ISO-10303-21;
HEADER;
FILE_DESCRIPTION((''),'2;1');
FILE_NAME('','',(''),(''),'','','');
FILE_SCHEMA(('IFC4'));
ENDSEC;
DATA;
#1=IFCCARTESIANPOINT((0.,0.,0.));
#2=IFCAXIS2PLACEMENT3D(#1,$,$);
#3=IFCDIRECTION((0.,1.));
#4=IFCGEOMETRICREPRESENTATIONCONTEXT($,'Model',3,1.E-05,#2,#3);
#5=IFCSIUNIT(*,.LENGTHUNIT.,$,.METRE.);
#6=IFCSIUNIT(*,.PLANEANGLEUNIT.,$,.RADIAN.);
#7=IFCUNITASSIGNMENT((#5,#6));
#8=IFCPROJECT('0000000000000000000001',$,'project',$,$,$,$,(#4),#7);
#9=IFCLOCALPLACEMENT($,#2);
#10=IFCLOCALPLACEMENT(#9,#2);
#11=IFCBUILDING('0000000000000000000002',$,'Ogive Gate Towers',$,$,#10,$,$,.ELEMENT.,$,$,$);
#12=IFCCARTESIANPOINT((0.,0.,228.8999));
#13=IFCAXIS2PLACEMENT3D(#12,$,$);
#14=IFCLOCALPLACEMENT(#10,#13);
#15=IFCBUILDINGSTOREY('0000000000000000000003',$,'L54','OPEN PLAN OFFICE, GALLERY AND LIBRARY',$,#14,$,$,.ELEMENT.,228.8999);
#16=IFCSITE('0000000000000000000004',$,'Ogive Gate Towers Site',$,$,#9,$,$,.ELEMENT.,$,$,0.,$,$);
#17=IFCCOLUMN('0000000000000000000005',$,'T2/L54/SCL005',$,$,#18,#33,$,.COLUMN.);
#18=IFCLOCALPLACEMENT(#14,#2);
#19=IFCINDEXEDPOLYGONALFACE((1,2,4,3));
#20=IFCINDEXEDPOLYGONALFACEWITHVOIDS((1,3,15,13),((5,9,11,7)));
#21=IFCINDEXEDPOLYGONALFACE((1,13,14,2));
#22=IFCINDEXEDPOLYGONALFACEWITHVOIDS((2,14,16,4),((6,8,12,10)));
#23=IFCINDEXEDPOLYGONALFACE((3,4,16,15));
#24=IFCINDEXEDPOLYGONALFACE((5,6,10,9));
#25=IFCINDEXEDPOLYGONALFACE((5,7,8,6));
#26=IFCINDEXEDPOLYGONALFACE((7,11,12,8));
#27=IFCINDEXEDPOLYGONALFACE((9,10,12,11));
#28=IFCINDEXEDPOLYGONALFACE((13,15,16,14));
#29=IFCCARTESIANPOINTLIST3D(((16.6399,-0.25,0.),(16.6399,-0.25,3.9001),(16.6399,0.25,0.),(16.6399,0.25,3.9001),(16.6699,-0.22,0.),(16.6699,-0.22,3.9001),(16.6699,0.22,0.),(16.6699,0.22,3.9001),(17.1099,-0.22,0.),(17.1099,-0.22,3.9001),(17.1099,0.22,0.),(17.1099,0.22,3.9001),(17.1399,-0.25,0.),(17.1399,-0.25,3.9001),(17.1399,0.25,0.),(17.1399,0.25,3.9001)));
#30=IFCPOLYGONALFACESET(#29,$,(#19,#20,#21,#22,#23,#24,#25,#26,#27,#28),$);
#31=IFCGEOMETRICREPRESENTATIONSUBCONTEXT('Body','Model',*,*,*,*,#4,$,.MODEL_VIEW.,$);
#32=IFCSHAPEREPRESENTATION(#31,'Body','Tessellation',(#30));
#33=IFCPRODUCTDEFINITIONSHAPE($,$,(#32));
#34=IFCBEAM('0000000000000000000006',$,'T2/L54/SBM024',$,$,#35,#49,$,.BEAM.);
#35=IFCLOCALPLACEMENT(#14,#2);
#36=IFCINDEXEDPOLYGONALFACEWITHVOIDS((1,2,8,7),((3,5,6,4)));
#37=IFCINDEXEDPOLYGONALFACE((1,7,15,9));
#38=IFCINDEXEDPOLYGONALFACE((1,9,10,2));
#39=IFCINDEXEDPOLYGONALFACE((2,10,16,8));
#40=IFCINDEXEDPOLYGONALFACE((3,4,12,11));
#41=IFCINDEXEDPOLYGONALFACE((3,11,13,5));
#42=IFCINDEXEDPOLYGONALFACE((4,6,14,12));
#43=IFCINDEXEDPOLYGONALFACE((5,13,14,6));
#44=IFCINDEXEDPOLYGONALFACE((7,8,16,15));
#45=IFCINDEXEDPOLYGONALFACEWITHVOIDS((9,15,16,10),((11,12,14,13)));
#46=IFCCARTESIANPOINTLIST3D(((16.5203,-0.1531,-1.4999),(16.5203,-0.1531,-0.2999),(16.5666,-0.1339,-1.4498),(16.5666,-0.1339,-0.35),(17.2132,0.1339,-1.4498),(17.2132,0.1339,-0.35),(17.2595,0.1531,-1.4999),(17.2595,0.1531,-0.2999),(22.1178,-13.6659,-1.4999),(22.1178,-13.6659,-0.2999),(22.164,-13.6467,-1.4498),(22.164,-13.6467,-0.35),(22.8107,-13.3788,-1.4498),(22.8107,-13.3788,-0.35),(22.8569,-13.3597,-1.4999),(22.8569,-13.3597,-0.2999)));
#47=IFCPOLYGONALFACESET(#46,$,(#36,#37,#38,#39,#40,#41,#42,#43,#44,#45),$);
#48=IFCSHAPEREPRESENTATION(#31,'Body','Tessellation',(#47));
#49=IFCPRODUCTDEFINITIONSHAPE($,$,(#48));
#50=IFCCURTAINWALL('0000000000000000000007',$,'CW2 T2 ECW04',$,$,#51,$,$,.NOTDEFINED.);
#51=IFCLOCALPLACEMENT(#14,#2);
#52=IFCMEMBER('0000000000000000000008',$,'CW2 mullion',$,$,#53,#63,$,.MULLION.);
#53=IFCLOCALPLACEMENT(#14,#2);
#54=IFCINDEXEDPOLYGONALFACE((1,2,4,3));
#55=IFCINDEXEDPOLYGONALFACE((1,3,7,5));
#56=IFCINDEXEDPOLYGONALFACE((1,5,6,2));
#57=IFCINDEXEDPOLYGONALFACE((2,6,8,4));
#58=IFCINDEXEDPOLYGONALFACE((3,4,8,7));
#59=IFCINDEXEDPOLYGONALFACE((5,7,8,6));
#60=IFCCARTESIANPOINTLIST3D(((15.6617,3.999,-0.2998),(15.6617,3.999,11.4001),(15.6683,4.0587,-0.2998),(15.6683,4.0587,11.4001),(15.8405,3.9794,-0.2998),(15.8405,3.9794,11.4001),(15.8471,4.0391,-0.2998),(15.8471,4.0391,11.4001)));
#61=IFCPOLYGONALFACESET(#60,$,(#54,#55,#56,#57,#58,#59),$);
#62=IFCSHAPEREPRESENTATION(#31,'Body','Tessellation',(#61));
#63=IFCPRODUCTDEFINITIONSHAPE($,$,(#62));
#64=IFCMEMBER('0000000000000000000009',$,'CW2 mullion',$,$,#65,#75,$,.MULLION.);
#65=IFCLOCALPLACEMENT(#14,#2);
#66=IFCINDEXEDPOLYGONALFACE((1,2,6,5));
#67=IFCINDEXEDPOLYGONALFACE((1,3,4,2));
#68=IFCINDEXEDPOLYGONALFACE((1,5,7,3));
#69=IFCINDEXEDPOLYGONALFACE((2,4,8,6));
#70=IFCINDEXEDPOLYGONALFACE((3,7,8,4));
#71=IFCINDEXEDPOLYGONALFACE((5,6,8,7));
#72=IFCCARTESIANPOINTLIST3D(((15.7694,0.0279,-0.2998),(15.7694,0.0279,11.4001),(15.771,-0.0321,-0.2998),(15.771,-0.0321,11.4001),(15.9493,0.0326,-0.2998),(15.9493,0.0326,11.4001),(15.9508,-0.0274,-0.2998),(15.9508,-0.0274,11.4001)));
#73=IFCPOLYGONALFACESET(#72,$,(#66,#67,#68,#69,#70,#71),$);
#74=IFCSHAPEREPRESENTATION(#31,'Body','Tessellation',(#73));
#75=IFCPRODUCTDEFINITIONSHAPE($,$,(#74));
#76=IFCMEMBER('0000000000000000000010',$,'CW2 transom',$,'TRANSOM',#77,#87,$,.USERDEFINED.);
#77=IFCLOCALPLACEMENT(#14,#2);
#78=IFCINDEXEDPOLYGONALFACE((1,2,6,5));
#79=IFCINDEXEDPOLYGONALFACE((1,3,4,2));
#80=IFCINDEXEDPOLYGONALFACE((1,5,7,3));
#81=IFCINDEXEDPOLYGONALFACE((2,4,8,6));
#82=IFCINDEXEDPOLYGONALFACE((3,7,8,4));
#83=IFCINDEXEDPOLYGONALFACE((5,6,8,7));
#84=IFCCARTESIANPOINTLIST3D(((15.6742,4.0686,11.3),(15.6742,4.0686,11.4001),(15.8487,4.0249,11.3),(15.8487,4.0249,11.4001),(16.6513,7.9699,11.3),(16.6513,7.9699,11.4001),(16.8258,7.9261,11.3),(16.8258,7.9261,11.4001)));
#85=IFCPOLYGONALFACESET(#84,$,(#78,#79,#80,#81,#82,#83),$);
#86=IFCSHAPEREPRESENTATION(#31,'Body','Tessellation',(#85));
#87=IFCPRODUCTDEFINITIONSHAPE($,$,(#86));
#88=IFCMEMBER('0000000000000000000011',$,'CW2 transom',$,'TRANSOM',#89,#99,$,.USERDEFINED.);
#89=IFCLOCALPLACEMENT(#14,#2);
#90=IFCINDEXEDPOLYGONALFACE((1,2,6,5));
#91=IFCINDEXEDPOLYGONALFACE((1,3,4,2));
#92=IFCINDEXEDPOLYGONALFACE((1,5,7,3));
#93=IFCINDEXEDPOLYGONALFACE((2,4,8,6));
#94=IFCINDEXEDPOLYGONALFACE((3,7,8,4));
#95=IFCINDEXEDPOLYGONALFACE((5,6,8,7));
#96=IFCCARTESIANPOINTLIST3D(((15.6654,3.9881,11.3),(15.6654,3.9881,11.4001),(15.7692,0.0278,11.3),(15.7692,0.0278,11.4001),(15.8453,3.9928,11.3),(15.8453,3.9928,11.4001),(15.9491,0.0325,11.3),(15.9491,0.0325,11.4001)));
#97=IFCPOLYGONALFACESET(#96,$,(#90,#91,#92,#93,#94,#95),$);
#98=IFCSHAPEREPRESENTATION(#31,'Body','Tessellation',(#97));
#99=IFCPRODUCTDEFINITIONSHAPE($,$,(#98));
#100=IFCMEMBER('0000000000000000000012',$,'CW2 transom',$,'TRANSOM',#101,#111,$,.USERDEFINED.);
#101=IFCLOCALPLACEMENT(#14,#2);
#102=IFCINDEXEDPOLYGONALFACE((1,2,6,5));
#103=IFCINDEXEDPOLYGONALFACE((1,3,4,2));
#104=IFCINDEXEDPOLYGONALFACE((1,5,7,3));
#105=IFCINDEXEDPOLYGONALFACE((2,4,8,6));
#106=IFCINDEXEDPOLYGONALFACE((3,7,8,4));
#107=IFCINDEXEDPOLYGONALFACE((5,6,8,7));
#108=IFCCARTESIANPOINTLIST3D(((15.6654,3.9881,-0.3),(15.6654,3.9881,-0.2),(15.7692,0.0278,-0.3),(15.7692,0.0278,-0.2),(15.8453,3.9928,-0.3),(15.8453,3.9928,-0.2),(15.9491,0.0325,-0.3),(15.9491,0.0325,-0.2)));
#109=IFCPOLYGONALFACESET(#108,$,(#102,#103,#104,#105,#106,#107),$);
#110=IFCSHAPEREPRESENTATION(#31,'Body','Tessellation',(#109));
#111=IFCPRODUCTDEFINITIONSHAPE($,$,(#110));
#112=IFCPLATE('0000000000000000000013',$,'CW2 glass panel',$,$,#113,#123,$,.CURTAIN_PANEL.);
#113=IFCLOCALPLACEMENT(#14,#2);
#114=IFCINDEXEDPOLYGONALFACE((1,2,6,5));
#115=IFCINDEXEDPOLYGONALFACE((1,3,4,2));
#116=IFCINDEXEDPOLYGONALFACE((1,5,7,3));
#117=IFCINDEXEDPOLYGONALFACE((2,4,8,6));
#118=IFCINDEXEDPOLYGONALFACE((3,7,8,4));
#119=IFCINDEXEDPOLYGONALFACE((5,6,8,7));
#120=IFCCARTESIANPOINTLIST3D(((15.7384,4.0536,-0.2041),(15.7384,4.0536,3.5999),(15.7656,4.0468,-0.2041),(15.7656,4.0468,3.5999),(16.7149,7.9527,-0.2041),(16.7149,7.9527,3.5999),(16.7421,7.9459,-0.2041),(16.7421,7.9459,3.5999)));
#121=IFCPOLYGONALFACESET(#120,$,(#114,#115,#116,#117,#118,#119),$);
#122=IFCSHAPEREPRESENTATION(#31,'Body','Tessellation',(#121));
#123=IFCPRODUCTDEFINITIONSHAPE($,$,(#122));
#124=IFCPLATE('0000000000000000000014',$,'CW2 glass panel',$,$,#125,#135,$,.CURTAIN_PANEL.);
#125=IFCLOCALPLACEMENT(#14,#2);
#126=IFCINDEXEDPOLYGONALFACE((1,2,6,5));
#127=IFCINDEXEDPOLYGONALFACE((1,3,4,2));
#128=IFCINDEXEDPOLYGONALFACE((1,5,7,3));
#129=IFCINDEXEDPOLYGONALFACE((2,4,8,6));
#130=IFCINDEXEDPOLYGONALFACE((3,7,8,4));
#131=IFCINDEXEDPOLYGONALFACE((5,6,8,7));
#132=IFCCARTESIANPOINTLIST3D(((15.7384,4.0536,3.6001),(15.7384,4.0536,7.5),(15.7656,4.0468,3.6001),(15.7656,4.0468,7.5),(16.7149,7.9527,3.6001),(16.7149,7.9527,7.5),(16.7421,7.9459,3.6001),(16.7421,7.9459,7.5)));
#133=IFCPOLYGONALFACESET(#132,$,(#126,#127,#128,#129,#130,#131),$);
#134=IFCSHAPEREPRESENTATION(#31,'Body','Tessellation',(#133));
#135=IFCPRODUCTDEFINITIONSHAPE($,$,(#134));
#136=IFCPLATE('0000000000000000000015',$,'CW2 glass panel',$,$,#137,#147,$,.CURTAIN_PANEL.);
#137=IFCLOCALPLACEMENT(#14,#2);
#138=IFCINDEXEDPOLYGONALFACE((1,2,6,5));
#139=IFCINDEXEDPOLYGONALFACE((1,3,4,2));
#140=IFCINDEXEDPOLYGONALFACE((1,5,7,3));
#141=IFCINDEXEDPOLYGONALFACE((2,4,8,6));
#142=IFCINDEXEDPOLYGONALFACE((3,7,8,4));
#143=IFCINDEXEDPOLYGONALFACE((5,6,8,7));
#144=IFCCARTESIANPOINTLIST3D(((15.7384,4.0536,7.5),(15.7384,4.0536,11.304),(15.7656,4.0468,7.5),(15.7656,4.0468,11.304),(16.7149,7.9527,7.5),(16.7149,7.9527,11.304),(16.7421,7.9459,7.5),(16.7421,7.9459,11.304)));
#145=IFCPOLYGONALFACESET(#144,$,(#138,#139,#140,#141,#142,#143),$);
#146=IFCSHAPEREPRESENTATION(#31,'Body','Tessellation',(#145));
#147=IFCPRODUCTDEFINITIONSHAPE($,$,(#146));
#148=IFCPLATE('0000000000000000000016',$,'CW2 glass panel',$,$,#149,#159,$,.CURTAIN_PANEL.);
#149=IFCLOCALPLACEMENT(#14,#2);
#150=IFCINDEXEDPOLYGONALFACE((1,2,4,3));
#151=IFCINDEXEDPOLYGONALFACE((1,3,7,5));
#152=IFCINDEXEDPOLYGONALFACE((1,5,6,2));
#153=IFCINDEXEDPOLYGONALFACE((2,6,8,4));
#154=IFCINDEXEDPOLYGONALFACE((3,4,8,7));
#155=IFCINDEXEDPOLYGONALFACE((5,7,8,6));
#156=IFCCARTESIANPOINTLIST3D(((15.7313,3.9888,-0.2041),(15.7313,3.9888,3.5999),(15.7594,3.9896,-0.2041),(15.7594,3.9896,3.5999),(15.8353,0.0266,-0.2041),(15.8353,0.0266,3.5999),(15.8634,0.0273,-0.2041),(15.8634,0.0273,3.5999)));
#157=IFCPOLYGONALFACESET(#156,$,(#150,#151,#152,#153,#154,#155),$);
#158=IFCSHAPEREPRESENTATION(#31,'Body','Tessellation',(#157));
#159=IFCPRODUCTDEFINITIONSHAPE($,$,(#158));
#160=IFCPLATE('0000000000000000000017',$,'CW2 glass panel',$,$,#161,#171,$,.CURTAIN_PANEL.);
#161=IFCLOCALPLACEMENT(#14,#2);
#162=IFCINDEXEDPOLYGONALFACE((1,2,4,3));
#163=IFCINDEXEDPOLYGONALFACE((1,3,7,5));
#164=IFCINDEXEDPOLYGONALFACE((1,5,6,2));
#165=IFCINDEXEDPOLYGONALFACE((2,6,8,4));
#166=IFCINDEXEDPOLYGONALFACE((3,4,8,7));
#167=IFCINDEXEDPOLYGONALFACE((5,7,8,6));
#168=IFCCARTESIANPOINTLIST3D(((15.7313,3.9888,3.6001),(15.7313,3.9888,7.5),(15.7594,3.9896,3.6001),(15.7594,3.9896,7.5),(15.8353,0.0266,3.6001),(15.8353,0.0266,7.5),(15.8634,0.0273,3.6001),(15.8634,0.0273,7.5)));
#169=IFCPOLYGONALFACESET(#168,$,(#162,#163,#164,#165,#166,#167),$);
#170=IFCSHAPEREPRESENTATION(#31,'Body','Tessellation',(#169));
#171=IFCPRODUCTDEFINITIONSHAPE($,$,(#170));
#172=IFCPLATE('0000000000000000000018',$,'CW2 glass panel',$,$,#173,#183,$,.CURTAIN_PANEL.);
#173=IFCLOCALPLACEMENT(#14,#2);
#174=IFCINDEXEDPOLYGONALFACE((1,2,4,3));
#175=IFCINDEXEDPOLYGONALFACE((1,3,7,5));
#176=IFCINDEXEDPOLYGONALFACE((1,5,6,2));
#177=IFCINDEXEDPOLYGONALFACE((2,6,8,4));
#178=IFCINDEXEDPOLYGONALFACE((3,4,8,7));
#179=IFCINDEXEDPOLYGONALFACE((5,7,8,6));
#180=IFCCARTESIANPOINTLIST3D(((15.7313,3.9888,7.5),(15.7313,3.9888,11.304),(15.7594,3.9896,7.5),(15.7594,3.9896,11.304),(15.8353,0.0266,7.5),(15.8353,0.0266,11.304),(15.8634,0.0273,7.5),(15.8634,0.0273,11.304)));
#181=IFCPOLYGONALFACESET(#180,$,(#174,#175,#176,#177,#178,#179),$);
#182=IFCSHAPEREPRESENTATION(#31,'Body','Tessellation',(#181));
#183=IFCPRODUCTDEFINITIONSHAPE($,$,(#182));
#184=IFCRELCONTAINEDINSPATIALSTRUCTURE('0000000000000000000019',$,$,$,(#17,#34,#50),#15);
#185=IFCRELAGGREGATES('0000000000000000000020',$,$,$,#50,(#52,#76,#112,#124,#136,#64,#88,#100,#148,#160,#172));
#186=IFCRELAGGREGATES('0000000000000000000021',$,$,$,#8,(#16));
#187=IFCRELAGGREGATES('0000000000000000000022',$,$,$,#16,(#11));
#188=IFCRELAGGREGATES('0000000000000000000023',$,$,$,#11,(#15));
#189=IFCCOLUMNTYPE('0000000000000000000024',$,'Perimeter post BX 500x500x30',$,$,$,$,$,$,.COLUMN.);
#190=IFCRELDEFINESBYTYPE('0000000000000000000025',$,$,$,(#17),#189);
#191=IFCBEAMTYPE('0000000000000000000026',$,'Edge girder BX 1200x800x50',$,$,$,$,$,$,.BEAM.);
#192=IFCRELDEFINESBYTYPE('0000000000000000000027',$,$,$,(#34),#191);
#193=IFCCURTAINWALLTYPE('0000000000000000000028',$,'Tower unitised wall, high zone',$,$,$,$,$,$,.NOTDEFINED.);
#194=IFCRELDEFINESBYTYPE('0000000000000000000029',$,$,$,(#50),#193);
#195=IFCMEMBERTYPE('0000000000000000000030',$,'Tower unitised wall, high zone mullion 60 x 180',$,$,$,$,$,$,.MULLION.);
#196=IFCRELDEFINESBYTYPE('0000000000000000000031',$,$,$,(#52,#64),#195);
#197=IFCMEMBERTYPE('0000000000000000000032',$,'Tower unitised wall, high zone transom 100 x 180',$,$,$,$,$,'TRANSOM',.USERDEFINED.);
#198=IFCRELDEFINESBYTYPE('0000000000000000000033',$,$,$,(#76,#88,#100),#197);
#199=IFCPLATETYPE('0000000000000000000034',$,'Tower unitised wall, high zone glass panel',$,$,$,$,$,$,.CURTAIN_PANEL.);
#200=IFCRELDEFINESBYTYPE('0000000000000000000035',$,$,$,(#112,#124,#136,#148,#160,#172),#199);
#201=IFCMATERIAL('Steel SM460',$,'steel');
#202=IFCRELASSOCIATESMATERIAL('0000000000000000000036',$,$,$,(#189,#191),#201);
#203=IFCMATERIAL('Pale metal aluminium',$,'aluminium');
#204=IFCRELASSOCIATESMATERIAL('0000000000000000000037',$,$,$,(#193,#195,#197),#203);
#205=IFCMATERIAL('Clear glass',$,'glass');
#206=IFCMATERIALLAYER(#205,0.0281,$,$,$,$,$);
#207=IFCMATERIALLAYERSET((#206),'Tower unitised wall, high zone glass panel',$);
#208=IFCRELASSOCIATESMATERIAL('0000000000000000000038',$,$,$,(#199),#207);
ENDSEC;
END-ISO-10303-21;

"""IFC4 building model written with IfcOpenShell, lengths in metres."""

from ifc_helpers import new_model, si_unit, direction, frame, origin, origin_2d, place, context, subcontext, project, spatial, rectangle, hollow_rectangle, extrude, material, layer, layer_set, material_profile, profile_set, type_object, element, aggregate, save


model = new_model("IFC4")

# Units and contexts
model_context = context("Model", 3, precision=1e-05, world=origin(), true_north=direction((0.0, 1.0)))
body_context = subcontext(model_context, "Body", "Model", "MODEL_VIEW")
ifc_project = project(units=[si_unit("LENGTHUNIT", "METRE"), si_unit("PLANEANGLEUNIT", "RADIAN")], contexts=[model_context])

# Site, building, storey
site_placement = place(None, origin())
site = spatial("IfcSite", under=ifc_project, at=site_placement, Name="Ogive Gate Towers Site", CompositionType="ELEMENT", RefElevation=0.0)
building_placement = place(site_placement, origin())
building = spatial("IfcBuilding", under=site, at=building_placement, Name="Ogive Gate Towers", CompositionType="ELEMENT")
storey_placement = place(building_placement, frame((0.0, 0.0, 228.8999)))
storey = spatial("IfcBuildingStorey", under=building, at=storey_placement, Name="L54", Description="OPEN PLAN OFFICE, GALLERY AND LIBRARY", CompositionType="ELEMENT", Elevation=228.8999)

# Column
ifc_material_1 = material(Name="Steel SM460", Category="steel")
ifc_material_profile_1 = material_profile(ifc_material_1, hollow_rectangle(XDim=0.5, YDim=0.5, WallThickness=0.03, at=origin_2d()), Name="BX 500x500x30")
ifc_profile_set_1 = profile_set([ifc_material_profile_1], Name="Steel SM460")
column_type = type_object("IfcColumnType", Name="Perimeter post BX 500x500x30", PredefinedType="COLUMN", material=ifc_profile_set_1)
column_placement = place(storey_placement, frame((16.8899, 0.0, 0.0), z_axis=(0.0, 0.0, 1.0), x_axis=(1.0, 0.0, 0.0)))
element("IfcColumn", 1, at=column_placement, inside=storey, type_object=column_type, Name="T2/L54/SCL005", PredefinedType="COLUMN", context=body_context, shape_type="SweptSolid", body=[
    extrude(hollow_rectangle(XDim=0.5, YDim=0.5, WallThickness=0.03, at=origin_2d()), origin(), (0.0, 0.0, 1.0), 3.9001),
])

# Beam
ifc_material_profile_2 = material_profile(ifc_material_1, hollow_rectangle(XDim=0.8, YDim=1.2, WallThickness=0.05, at=origin_2d()), Name="BX 1200x800x50")
ifc_profile_set_2 = profile_set([ifc_material_profile_2], Name="Steel SM460")
beam_type = type_object("IfcBeamType", Name="Edge girder BX 1200x800x50", PredefinedType="BEAM", material=ifc_profile_set_2)
beam_placement = place(storey_placement, frame((16.8899, 0.0, -0.8999), z_axis=(0.382699, -0.923873, 0.0), x_axis=(0.923873, 0.382699, 0.0)))
element("IfcBeam", 2, at=beam_placement, inside=storey, type_object=beam_type, Name="T2/L54/SBM024", PredefinedType="BEAM", context=body_context, shape_type="SweptSolid", body=[
    extrude(hollow_rectangle(XDim=0.8, YDim=1.2, WallThickness=0.05, at=origin_2d()), origin(), (0.0, 0.0, 1.0), 14.6262),
])

# Curtain wall, members, plates
ifc_material_2 = material(Name="Pale metal aluminium", Category="aluminium")
curtain_wall_type = type_object("IfcCurtainWallType", Name="Tower unitised wall, high zone", PredefinedType="NOTDEFINED", material=ifc_material_2)
curtain_wall_placement = place(storey_placement, origin())
curtain_wall = element("IfcCurtainWall", 3, at=curtain_wall_placement, inside=storey, type_object=curtain_wall_type, Name="CW2 T2 ECW04", PredefinedType="NOTDEFINED")
ifc_material_profile_3 = material_profile(ifc_material_2, rectangle(XDim=0.1799, YDim=0.0601, at=origin_2d()), Name="60 x 180 aluminium box")
ifc_profile_set_3 = profile_set([ifc_material_profile_3], Name="Pale metal aluminium")
member_type_1 = type_object("IfcMemberType", Name="Tower unitised wall, high zone mullion 60 x 180", PredefinedType="MULLION", material=ifc_profile_set_3)
member_1_placement = place(storey_placement, frame((15.7544, 4.019, -0.2998), z_axis=(0.0, 0.0, 1.0), x_axis=(-0.994001, 0.10937, 0.0)))
member_1 = element("IfcMember", 4, at=member_1_placement, type_object=member_type_1, Name="CW2 mullion", PredefinedType="MULLION", context=body_context, shape_type="SweptSolid", body=[
    extrude(rectangle(XDim=0.1799, YDim=0.0601, at=origin_2d()), origin(), (0.0, 0.0, 1.0), 11.7),
])
member_2_placement = place(storey_placement, frame((15.8601, 0.0002, -0.2998), z_axis=(0.0, 0.0, 1.0), x_axis=(-0.999656, -0.026229, 0.0)))
member_2 = element("IfcMember", 5, at=member_2_placement, type_object=member_type_1, Name="CW2 mullion", PredefinedType="MULLION", context=body_context, shape_type="SweptSolid", body=[
    extrude(rectangle(XDim=0.1799, YDim=0.0601, at=origin_2d()), origin(), (0.0, 0.0, 1.0), 11.7),
])
ifc_material_profile_4 = material_profile(ifc_material_2, rectangle(XDim=0.1799, YDim=0.1001, at=origin_2d()), Name="100 x 180 aluminium box")
ifc_profile_set_4 = profile_set([ifc_material_profile_4], Name="Pale metal aluminium")
member_type_2 = type_object("IfcMemberType", Name="Tower unitised wall, high zone transom 100 x 180", ElementType="TRANSOM", PredefinedType="USERDEFINED", material=ifc_profile_set_4)
member_3_placement = place(storey_placement, frame((16.7385, 7.948, 11.3501), z_axis=(-0.24295, -0.970039, 0.0), x_axis=(0.970039, -0.24295, 0.0)))
member_3 = element("IfcMember", 6, at=member_3_placement, type_object=member_type_2, Name="CW2 transom", ObjectType="TRANSOM", PredefinedType="USERDEFINED", context=body_context, shape_type="SweptSolid", body=[
    extrude(rectangle(XDim=0.1799, YDim=0.1001, at=origin_2d()), origin(), (0.0, 0.0, 1.0), 4.0217),
])
member_4_placement = place(storey_placement, frame((15.7554, 3.9905, 11.3501), z_axis=(0.026192, -0.999657, 0.0), x_axis=(0.999657, 0.026192, 0.0)))
member_4 = element("IfcMember", 7, at=member_4_placement, type_object=member_type_2, Name="CW2 transom", ObjectType="TRANSOM", PredefinedType="USERDEFINED", context=body_context, shape_type="SweptSolid", body=[
    extrude(rectangle(XDim=0.1799, YDim=0.1001, at=origin_2d()), origin(), (0.0, 0.0, 1.0), 3.9617),
])
member_5_placement = place(storey_placement, frame((15.7554, 3.9905, -0.25), z_axis=(0.026192, -0.999657, 0.0), x_axis=(0.999657, 0.026192, 0.0)))
member_5 = element("IfcMember", 8, at=member_5_placement, type_object=member_type_2, Name="CW2 transom", ObjectType="TRANSOM", PredefinedType="USERDEFINED", context=body_context, shape_type="SweptSolid", body=[
    extrude(rectangle(XDim=0.1799, YDim=0.1001, at=origin_2d()), origin(), (0.0, 0.0, 1.0), 3.9617),
])
ifc_material_3 = material(Name="Clear glass", Category="glass")
ifc_layer_1 = layer(ifc_material_3, 0.0281)
ifc_layer_set_1 = layer_set([ifc_layer_1], Name="Tower unitised wall, high zone glass panel")
plate_type = type_object("IfcPlateType", Name="Tower unitised wall, high zone glass panel", PredefinedType="CURTAIN_PANEL", material=ifc_layer_set_1)
plate_1_placement = place(storey_placement, frame((16.2402, 5.9998, -0.2041), z_axis=(0.0, 0.0, 1.0), x_axis=(-0.242938, -0.970042, 0.0)))
plate_1 = element("IfcPlate", 9, at=plate_1_placement, type_object=plate_type, Name="CW2 glass panel", PredefinedType="CURTAIN_PANEL", context=body_context, shape_type="SweptSolid", body=[
    extrude(rectangle(XDim=4.0195, YDim=0.0281, at=origin_2d()), origin(), (0.0, 0.0, 1.0), 3.804),
])
plate_2_placement = place(storey_placement, frame((16.2402, 5.9998, 3.6001), z_axis=(0.0, 0.0, 1.0), x_axis=(-0.242938, -0.970042, 0.0)))
plate_2 = element("IfcPlate", 10, at=plate_2_placement, type_object=plate_type, Name="CW2 glass panel", PredefinedType="CURTAIN_PANEL", context=body_context, shape_type="SweptSolid", body=[
    extrude(rectangle(XDim=4.0195, YDim=0.0281, at=origin_2d()), origin(), (0.0, 0.0, 1.0), 3.8999),
])
plate_3_placement = place(storey_placement, frame((16.2402, 5.9998, 7.5), z_axis=(0.0, 0.0, 1.0), x_axis=(-0.242938, -0.970042, 0.0)))
plate_3 = element("IfcPlate", 11, at=plate_3_placement, type_object=plate_type, Name="CW2 glass panel", PredefinedType="CURTAIN_PANEL", context=body_context, shape_type="SweptSolid", body=[
    extrude(rectangle(XDim=4.0195, YDim=0.0281, at=origin_2d()), origin(), (0.0, 0.0, 1.0), 3.804),
])
plate_4_placement = place(storey_placement, frame((15.7974, 2.0081, -0.2041), z_axis=(0.0, 0.0, 1.0), x_axis=(0.026229, -0.999656, 0.0)))
plate_4 = element("IfcPlate", 12, at=plate_4_placement, type_object=plate_type, Name="CW2 glass panel", PredefinedType="CURTAIN_PANEL", context=body_context, shape_type="SweptSolid", body=[
    extrude(rectangle(XDim=3.9636, YDim=0.0281, at=origin_2d()), origin(), (0.0, 0.0, 1.0), 3.804),
])
plate_5_placement = place(storey_placement, frame((15.7974, 2.0081, 3.6001), z_axis=(0.0, 0.0, 1.0), x_axis=(0.026229, -0.999656, 0.0)))
plate_5 = element("IfcPlate", 13, at=plate_5_placement, type_object=plate_type, Name="CW2 glass panel", PredefinedType="CURTAIN_PANEL", context=body_context, shape_type="SweptSolid", body=[
    extrude(rectangle(XDim=3.9636, YDim=0.0281, at=origin_2d()), origin(), (0.0, 0.0, 1.0), 3.8999),
])
plate_6_placement = place(storey_placement, frame((15.7974, 2.0081, 7.5), z_axis=(0.0, 0.0, 1.0), x_axis=(0.026229, -0.999656, 0.0)))
plate_6 = element("IfcPlate", 14, at=plate_6_placement, type_object=plate_type, Name="CW2 glass panel", PredefinedType="CURTAIN_PANEL", context=body_context, shape_type="SweptSolid", body=[
    extrude(rectangle(XDim=3.9636, YDim=0.0281, at=origin_2d()), origin(), (0.0, 0.0, 1.0), 3.804),
])
aggregate(curtain_wall, [member_1, member_3, plate_1, plate_2, plate_3, member_2, member_4, member_5, plate_4, plate_5, plate_6])

save(model, "model.ifc")
